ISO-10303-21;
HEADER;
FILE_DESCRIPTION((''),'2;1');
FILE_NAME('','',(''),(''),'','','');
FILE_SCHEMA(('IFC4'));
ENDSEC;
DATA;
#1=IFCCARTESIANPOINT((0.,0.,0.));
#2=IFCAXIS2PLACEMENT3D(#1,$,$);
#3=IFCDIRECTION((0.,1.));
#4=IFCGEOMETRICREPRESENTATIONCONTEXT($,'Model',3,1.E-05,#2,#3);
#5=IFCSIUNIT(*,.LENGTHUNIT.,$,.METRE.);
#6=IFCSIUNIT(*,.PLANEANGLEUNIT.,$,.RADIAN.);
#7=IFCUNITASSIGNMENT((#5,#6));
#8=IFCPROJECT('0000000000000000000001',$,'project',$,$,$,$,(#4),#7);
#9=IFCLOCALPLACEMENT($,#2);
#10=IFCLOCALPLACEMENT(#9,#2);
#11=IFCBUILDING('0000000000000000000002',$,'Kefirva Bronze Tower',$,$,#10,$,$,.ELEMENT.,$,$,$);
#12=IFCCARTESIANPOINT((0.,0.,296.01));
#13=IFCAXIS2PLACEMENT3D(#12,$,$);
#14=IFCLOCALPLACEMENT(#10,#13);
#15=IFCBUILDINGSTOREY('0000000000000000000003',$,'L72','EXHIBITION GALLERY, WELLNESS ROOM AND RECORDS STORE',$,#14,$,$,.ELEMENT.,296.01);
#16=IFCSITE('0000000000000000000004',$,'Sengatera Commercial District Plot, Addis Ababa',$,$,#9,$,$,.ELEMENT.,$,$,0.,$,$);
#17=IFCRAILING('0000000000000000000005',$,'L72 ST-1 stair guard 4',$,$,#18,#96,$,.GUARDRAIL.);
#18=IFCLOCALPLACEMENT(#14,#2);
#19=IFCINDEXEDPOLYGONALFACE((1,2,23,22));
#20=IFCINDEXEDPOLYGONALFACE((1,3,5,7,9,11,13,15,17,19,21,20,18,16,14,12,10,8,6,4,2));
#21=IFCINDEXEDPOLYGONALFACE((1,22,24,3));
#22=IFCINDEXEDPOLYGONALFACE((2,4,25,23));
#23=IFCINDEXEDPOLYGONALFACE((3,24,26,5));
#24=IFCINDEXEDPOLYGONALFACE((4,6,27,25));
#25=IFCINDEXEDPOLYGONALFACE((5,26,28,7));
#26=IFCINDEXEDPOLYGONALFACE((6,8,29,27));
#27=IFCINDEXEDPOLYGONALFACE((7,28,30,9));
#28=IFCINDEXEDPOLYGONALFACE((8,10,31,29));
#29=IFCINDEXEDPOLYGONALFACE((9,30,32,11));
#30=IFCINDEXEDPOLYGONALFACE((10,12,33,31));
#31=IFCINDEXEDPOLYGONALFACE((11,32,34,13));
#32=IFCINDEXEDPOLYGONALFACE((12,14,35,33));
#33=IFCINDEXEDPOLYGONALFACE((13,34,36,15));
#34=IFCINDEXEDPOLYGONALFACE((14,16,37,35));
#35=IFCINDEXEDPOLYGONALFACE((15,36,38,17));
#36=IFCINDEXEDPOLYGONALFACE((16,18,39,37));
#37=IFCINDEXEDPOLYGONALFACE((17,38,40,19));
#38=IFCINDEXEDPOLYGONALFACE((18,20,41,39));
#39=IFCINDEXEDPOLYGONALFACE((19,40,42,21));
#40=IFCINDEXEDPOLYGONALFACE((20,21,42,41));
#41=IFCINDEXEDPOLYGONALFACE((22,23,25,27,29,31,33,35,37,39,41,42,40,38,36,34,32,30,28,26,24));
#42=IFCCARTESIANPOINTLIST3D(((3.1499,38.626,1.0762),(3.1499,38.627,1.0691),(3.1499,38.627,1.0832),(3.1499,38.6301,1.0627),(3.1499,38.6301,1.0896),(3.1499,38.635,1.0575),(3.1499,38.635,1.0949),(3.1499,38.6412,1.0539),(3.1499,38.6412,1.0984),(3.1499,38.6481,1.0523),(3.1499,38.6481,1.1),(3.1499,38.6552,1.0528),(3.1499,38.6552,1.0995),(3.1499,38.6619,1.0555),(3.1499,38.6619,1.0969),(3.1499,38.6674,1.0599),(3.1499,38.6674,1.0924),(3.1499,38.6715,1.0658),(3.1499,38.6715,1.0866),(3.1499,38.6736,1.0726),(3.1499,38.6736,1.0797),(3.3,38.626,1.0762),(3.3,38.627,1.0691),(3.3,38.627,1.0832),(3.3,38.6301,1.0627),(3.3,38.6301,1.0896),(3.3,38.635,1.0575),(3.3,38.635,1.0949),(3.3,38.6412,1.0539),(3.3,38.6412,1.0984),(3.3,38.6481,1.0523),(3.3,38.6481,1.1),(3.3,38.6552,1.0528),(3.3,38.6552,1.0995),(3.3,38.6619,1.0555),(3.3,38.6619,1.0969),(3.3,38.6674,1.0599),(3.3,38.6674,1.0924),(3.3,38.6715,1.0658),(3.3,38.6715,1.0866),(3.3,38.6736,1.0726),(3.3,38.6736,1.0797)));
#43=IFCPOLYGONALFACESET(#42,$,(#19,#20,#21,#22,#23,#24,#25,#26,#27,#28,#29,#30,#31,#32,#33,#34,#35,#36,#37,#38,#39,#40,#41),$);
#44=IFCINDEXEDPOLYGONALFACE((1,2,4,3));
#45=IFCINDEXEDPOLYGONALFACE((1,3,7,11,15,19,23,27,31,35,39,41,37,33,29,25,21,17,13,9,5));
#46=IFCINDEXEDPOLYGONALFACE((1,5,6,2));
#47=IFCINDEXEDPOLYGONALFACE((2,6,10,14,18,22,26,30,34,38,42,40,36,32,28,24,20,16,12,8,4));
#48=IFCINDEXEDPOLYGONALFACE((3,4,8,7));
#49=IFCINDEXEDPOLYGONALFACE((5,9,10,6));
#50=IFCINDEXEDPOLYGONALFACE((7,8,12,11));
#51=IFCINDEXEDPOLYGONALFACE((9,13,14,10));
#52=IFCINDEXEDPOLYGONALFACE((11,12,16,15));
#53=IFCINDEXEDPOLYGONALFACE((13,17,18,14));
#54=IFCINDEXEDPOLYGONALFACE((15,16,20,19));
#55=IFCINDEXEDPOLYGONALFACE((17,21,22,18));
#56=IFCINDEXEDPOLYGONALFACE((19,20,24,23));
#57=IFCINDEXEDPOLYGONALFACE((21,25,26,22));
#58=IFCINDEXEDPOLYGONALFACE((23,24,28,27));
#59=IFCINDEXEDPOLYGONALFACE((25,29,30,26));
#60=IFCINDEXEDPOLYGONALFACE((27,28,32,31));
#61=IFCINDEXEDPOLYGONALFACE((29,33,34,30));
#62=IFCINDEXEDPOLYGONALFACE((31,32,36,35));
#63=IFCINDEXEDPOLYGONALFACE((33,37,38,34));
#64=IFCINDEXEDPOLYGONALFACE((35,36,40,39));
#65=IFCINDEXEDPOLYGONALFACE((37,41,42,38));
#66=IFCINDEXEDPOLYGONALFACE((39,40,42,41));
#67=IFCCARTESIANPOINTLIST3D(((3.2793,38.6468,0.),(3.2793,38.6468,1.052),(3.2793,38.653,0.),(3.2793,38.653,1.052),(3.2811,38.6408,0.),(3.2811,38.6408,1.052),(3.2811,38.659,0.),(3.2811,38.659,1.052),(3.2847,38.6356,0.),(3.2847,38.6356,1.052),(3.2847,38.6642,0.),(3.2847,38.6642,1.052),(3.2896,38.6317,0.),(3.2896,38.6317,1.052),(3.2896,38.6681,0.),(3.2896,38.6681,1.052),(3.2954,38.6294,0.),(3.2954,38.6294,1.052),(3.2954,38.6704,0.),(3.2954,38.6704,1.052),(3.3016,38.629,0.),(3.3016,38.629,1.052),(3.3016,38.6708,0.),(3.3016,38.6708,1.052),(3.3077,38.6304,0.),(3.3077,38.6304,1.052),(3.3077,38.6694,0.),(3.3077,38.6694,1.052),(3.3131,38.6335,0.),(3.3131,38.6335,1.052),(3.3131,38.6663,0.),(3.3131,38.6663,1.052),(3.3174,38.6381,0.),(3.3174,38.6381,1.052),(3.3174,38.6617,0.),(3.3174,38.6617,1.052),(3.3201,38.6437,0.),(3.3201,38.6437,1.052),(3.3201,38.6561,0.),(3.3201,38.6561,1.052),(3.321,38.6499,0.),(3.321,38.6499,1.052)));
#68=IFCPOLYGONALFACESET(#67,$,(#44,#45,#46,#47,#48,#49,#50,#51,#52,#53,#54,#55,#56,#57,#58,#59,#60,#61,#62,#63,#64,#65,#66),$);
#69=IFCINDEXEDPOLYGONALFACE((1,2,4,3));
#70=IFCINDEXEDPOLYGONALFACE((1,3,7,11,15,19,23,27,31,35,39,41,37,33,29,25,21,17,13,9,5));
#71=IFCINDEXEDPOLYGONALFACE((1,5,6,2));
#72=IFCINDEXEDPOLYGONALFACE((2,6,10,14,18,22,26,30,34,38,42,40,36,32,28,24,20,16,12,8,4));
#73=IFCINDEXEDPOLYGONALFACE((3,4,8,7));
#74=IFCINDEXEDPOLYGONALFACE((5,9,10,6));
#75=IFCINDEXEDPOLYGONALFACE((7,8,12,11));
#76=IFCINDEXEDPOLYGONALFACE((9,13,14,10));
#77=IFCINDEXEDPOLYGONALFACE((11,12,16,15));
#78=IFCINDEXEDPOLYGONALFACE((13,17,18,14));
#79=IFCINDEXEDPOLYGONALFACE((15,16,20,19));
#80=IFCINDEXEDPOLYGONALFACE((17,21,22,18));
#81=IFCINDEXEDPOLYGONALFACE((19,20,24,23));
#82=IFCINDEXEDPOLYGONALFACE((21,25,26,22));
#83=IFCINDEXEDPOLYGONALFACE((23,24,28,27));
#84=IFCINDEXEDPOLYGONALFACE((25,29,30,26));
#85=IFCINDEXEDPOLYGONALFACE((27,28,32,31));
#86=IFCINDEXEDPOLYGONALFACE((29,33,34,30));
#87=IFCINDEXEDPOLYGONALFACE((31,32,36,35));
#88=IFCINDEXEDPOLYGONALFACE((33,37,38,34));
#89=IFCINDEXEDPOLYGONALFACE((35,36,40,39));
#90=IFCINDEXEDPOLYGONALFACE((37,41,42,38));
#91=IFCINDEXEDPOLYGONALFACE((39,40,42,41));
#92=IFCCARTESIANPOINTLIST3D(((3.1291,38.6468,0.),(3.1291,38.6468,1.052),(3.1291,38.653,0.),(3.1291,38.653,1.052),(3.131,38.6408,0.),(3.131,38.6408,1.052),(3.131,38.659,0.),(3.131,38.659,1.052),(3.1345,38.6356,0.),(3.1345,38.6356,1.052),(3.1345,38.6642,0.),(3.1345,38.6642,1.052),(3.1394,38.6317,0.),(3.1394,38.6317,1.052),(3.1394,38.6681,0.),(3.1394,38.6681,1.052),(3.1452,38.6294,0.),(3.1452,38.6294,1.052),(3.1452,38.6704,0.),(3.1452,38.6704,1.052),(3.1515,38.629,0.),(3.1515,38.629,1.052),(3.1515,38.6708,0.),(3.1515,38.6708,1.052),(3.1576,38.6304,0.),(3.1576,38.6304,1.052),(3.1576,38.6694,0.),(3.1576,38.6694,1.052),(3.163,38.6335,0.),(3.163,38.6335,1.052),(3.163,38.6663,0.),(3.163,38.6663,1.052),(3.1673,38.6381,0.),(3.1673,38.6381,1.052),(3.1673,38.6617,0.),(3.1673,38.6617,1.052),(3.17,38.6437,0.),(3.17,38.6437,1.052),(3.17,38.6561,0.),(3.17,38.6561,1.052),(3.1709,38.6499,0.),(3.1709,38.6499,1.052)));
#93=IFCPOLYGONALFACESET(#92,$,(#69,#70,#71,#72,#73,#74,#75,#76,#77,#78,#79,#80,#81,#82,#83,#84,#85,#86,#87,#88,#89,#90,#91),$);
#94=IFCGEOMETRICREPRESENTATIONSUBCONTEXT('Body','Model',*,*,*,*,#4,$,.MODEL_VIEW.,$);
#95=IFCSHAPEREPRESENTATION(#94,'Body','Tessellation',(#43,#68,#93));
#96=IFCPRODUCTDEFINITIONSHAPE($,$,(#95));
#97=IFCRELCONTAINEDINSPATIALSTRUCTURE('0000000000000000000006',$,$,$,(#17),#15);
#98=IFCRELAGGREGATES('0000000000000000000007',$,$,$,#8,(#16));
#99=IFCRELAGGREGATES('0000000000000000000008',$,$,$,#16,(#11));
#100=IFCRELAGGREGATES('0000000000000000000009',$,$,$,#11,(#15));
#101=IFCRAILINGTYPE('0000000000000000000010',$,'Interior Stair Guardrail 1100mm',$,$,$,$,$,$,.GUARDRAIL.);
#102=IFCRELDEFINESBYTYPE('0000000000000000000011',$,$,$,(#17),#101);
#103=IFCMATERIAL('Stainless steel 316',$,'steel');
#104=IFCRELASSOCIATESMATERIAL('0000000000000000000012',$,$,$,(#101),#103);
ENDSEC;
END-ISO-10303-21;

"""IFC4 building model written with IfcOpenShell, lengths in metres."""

from ifc_helpers import new_model, si_unit, direction, frame, origin, origin_2d, place, context, subcontext, project, spatial, circle, extrude, material, type_object, element, save


model = new_model("IFC4")

# Units and contexts
model_context = context("Model", 3, precision=1e-05, world=origin(), true_north=direction((0.0, 1.0)))
body_context = subcontext(model_context, "Body", "Model", "MODEL_VIEW")
ifc_project = project(units=[si_unit("LENGTHUNIT", "METRE"), si_unit("PLANEANGLEUNIT", "RADIAN")], contexts=[model_context])

# Site, building, storey
site_placement = place(None, origin())
site = spatial("IfcSite", under=ifc_project, at=site_placement, Name="Sengatera Commercial District Plot, Addis Ababa", CompositionType="ELEMENT", RefElevation=0.0)
building_placement = place(site_placement, origin())
building = spatial("IfcBuilding", under=site, at=building_placement, Name="Kefirva Bronze Tower", CompositionType="ELEMENT")
storey_placement = place(building_placement, frame((0.0, 0.0, 296.01)))
storey = spatial("IfcBuildingStorey", under=building, at=storey_placement, Name="L72", Description="EXHIBITION GALLERY, WELLNESS ROOM AND RECORDS STORE", CompositionType="ELEMENT", Elevation=296.01)

# Railing
ifc_material_1 = material(Name="Stainless steel 316", Category="steel")
railing_type_1 = type_object("IfcRailingType", Name="Interior Stair Guardrail 1100mm", PredefinedType="GUARDRAIL", material=ifc_material_1)
railing_1_placement = place(storey_placement, frame((3.3, 38.6499, 0.0)))
element("IfcRailing", 1, at=railing_1_placement, inside=storey, type_object=railing_type_1, Name="L72 ST-1 stair guard 4", PredefinedType="GUARDRAIL", context=body_context, shape_type="SweptSolid", body=[
    extrude(circle(Radius=0.0239, at=origin_2d()), frame((0.0, 0.0, 1.0762), z_axis=(-1.0, 0.0, 0.0), x_axis=(0.0, -1.0, 0.0)), (0.0, 0.0, 1.0), 0.1501),
    extrude(circle(Radius=0.021, at=origin_2d()), origin(), (0.0, 0.0, 1.0), 1.052),
    extrude(circle(Radius=0.021, at=origin_2d()), frame((-0.1501, 0.0, 0.0)), (0.0, 0.0, 1.0), 1.052),
])

save(model, "model.ifc")
